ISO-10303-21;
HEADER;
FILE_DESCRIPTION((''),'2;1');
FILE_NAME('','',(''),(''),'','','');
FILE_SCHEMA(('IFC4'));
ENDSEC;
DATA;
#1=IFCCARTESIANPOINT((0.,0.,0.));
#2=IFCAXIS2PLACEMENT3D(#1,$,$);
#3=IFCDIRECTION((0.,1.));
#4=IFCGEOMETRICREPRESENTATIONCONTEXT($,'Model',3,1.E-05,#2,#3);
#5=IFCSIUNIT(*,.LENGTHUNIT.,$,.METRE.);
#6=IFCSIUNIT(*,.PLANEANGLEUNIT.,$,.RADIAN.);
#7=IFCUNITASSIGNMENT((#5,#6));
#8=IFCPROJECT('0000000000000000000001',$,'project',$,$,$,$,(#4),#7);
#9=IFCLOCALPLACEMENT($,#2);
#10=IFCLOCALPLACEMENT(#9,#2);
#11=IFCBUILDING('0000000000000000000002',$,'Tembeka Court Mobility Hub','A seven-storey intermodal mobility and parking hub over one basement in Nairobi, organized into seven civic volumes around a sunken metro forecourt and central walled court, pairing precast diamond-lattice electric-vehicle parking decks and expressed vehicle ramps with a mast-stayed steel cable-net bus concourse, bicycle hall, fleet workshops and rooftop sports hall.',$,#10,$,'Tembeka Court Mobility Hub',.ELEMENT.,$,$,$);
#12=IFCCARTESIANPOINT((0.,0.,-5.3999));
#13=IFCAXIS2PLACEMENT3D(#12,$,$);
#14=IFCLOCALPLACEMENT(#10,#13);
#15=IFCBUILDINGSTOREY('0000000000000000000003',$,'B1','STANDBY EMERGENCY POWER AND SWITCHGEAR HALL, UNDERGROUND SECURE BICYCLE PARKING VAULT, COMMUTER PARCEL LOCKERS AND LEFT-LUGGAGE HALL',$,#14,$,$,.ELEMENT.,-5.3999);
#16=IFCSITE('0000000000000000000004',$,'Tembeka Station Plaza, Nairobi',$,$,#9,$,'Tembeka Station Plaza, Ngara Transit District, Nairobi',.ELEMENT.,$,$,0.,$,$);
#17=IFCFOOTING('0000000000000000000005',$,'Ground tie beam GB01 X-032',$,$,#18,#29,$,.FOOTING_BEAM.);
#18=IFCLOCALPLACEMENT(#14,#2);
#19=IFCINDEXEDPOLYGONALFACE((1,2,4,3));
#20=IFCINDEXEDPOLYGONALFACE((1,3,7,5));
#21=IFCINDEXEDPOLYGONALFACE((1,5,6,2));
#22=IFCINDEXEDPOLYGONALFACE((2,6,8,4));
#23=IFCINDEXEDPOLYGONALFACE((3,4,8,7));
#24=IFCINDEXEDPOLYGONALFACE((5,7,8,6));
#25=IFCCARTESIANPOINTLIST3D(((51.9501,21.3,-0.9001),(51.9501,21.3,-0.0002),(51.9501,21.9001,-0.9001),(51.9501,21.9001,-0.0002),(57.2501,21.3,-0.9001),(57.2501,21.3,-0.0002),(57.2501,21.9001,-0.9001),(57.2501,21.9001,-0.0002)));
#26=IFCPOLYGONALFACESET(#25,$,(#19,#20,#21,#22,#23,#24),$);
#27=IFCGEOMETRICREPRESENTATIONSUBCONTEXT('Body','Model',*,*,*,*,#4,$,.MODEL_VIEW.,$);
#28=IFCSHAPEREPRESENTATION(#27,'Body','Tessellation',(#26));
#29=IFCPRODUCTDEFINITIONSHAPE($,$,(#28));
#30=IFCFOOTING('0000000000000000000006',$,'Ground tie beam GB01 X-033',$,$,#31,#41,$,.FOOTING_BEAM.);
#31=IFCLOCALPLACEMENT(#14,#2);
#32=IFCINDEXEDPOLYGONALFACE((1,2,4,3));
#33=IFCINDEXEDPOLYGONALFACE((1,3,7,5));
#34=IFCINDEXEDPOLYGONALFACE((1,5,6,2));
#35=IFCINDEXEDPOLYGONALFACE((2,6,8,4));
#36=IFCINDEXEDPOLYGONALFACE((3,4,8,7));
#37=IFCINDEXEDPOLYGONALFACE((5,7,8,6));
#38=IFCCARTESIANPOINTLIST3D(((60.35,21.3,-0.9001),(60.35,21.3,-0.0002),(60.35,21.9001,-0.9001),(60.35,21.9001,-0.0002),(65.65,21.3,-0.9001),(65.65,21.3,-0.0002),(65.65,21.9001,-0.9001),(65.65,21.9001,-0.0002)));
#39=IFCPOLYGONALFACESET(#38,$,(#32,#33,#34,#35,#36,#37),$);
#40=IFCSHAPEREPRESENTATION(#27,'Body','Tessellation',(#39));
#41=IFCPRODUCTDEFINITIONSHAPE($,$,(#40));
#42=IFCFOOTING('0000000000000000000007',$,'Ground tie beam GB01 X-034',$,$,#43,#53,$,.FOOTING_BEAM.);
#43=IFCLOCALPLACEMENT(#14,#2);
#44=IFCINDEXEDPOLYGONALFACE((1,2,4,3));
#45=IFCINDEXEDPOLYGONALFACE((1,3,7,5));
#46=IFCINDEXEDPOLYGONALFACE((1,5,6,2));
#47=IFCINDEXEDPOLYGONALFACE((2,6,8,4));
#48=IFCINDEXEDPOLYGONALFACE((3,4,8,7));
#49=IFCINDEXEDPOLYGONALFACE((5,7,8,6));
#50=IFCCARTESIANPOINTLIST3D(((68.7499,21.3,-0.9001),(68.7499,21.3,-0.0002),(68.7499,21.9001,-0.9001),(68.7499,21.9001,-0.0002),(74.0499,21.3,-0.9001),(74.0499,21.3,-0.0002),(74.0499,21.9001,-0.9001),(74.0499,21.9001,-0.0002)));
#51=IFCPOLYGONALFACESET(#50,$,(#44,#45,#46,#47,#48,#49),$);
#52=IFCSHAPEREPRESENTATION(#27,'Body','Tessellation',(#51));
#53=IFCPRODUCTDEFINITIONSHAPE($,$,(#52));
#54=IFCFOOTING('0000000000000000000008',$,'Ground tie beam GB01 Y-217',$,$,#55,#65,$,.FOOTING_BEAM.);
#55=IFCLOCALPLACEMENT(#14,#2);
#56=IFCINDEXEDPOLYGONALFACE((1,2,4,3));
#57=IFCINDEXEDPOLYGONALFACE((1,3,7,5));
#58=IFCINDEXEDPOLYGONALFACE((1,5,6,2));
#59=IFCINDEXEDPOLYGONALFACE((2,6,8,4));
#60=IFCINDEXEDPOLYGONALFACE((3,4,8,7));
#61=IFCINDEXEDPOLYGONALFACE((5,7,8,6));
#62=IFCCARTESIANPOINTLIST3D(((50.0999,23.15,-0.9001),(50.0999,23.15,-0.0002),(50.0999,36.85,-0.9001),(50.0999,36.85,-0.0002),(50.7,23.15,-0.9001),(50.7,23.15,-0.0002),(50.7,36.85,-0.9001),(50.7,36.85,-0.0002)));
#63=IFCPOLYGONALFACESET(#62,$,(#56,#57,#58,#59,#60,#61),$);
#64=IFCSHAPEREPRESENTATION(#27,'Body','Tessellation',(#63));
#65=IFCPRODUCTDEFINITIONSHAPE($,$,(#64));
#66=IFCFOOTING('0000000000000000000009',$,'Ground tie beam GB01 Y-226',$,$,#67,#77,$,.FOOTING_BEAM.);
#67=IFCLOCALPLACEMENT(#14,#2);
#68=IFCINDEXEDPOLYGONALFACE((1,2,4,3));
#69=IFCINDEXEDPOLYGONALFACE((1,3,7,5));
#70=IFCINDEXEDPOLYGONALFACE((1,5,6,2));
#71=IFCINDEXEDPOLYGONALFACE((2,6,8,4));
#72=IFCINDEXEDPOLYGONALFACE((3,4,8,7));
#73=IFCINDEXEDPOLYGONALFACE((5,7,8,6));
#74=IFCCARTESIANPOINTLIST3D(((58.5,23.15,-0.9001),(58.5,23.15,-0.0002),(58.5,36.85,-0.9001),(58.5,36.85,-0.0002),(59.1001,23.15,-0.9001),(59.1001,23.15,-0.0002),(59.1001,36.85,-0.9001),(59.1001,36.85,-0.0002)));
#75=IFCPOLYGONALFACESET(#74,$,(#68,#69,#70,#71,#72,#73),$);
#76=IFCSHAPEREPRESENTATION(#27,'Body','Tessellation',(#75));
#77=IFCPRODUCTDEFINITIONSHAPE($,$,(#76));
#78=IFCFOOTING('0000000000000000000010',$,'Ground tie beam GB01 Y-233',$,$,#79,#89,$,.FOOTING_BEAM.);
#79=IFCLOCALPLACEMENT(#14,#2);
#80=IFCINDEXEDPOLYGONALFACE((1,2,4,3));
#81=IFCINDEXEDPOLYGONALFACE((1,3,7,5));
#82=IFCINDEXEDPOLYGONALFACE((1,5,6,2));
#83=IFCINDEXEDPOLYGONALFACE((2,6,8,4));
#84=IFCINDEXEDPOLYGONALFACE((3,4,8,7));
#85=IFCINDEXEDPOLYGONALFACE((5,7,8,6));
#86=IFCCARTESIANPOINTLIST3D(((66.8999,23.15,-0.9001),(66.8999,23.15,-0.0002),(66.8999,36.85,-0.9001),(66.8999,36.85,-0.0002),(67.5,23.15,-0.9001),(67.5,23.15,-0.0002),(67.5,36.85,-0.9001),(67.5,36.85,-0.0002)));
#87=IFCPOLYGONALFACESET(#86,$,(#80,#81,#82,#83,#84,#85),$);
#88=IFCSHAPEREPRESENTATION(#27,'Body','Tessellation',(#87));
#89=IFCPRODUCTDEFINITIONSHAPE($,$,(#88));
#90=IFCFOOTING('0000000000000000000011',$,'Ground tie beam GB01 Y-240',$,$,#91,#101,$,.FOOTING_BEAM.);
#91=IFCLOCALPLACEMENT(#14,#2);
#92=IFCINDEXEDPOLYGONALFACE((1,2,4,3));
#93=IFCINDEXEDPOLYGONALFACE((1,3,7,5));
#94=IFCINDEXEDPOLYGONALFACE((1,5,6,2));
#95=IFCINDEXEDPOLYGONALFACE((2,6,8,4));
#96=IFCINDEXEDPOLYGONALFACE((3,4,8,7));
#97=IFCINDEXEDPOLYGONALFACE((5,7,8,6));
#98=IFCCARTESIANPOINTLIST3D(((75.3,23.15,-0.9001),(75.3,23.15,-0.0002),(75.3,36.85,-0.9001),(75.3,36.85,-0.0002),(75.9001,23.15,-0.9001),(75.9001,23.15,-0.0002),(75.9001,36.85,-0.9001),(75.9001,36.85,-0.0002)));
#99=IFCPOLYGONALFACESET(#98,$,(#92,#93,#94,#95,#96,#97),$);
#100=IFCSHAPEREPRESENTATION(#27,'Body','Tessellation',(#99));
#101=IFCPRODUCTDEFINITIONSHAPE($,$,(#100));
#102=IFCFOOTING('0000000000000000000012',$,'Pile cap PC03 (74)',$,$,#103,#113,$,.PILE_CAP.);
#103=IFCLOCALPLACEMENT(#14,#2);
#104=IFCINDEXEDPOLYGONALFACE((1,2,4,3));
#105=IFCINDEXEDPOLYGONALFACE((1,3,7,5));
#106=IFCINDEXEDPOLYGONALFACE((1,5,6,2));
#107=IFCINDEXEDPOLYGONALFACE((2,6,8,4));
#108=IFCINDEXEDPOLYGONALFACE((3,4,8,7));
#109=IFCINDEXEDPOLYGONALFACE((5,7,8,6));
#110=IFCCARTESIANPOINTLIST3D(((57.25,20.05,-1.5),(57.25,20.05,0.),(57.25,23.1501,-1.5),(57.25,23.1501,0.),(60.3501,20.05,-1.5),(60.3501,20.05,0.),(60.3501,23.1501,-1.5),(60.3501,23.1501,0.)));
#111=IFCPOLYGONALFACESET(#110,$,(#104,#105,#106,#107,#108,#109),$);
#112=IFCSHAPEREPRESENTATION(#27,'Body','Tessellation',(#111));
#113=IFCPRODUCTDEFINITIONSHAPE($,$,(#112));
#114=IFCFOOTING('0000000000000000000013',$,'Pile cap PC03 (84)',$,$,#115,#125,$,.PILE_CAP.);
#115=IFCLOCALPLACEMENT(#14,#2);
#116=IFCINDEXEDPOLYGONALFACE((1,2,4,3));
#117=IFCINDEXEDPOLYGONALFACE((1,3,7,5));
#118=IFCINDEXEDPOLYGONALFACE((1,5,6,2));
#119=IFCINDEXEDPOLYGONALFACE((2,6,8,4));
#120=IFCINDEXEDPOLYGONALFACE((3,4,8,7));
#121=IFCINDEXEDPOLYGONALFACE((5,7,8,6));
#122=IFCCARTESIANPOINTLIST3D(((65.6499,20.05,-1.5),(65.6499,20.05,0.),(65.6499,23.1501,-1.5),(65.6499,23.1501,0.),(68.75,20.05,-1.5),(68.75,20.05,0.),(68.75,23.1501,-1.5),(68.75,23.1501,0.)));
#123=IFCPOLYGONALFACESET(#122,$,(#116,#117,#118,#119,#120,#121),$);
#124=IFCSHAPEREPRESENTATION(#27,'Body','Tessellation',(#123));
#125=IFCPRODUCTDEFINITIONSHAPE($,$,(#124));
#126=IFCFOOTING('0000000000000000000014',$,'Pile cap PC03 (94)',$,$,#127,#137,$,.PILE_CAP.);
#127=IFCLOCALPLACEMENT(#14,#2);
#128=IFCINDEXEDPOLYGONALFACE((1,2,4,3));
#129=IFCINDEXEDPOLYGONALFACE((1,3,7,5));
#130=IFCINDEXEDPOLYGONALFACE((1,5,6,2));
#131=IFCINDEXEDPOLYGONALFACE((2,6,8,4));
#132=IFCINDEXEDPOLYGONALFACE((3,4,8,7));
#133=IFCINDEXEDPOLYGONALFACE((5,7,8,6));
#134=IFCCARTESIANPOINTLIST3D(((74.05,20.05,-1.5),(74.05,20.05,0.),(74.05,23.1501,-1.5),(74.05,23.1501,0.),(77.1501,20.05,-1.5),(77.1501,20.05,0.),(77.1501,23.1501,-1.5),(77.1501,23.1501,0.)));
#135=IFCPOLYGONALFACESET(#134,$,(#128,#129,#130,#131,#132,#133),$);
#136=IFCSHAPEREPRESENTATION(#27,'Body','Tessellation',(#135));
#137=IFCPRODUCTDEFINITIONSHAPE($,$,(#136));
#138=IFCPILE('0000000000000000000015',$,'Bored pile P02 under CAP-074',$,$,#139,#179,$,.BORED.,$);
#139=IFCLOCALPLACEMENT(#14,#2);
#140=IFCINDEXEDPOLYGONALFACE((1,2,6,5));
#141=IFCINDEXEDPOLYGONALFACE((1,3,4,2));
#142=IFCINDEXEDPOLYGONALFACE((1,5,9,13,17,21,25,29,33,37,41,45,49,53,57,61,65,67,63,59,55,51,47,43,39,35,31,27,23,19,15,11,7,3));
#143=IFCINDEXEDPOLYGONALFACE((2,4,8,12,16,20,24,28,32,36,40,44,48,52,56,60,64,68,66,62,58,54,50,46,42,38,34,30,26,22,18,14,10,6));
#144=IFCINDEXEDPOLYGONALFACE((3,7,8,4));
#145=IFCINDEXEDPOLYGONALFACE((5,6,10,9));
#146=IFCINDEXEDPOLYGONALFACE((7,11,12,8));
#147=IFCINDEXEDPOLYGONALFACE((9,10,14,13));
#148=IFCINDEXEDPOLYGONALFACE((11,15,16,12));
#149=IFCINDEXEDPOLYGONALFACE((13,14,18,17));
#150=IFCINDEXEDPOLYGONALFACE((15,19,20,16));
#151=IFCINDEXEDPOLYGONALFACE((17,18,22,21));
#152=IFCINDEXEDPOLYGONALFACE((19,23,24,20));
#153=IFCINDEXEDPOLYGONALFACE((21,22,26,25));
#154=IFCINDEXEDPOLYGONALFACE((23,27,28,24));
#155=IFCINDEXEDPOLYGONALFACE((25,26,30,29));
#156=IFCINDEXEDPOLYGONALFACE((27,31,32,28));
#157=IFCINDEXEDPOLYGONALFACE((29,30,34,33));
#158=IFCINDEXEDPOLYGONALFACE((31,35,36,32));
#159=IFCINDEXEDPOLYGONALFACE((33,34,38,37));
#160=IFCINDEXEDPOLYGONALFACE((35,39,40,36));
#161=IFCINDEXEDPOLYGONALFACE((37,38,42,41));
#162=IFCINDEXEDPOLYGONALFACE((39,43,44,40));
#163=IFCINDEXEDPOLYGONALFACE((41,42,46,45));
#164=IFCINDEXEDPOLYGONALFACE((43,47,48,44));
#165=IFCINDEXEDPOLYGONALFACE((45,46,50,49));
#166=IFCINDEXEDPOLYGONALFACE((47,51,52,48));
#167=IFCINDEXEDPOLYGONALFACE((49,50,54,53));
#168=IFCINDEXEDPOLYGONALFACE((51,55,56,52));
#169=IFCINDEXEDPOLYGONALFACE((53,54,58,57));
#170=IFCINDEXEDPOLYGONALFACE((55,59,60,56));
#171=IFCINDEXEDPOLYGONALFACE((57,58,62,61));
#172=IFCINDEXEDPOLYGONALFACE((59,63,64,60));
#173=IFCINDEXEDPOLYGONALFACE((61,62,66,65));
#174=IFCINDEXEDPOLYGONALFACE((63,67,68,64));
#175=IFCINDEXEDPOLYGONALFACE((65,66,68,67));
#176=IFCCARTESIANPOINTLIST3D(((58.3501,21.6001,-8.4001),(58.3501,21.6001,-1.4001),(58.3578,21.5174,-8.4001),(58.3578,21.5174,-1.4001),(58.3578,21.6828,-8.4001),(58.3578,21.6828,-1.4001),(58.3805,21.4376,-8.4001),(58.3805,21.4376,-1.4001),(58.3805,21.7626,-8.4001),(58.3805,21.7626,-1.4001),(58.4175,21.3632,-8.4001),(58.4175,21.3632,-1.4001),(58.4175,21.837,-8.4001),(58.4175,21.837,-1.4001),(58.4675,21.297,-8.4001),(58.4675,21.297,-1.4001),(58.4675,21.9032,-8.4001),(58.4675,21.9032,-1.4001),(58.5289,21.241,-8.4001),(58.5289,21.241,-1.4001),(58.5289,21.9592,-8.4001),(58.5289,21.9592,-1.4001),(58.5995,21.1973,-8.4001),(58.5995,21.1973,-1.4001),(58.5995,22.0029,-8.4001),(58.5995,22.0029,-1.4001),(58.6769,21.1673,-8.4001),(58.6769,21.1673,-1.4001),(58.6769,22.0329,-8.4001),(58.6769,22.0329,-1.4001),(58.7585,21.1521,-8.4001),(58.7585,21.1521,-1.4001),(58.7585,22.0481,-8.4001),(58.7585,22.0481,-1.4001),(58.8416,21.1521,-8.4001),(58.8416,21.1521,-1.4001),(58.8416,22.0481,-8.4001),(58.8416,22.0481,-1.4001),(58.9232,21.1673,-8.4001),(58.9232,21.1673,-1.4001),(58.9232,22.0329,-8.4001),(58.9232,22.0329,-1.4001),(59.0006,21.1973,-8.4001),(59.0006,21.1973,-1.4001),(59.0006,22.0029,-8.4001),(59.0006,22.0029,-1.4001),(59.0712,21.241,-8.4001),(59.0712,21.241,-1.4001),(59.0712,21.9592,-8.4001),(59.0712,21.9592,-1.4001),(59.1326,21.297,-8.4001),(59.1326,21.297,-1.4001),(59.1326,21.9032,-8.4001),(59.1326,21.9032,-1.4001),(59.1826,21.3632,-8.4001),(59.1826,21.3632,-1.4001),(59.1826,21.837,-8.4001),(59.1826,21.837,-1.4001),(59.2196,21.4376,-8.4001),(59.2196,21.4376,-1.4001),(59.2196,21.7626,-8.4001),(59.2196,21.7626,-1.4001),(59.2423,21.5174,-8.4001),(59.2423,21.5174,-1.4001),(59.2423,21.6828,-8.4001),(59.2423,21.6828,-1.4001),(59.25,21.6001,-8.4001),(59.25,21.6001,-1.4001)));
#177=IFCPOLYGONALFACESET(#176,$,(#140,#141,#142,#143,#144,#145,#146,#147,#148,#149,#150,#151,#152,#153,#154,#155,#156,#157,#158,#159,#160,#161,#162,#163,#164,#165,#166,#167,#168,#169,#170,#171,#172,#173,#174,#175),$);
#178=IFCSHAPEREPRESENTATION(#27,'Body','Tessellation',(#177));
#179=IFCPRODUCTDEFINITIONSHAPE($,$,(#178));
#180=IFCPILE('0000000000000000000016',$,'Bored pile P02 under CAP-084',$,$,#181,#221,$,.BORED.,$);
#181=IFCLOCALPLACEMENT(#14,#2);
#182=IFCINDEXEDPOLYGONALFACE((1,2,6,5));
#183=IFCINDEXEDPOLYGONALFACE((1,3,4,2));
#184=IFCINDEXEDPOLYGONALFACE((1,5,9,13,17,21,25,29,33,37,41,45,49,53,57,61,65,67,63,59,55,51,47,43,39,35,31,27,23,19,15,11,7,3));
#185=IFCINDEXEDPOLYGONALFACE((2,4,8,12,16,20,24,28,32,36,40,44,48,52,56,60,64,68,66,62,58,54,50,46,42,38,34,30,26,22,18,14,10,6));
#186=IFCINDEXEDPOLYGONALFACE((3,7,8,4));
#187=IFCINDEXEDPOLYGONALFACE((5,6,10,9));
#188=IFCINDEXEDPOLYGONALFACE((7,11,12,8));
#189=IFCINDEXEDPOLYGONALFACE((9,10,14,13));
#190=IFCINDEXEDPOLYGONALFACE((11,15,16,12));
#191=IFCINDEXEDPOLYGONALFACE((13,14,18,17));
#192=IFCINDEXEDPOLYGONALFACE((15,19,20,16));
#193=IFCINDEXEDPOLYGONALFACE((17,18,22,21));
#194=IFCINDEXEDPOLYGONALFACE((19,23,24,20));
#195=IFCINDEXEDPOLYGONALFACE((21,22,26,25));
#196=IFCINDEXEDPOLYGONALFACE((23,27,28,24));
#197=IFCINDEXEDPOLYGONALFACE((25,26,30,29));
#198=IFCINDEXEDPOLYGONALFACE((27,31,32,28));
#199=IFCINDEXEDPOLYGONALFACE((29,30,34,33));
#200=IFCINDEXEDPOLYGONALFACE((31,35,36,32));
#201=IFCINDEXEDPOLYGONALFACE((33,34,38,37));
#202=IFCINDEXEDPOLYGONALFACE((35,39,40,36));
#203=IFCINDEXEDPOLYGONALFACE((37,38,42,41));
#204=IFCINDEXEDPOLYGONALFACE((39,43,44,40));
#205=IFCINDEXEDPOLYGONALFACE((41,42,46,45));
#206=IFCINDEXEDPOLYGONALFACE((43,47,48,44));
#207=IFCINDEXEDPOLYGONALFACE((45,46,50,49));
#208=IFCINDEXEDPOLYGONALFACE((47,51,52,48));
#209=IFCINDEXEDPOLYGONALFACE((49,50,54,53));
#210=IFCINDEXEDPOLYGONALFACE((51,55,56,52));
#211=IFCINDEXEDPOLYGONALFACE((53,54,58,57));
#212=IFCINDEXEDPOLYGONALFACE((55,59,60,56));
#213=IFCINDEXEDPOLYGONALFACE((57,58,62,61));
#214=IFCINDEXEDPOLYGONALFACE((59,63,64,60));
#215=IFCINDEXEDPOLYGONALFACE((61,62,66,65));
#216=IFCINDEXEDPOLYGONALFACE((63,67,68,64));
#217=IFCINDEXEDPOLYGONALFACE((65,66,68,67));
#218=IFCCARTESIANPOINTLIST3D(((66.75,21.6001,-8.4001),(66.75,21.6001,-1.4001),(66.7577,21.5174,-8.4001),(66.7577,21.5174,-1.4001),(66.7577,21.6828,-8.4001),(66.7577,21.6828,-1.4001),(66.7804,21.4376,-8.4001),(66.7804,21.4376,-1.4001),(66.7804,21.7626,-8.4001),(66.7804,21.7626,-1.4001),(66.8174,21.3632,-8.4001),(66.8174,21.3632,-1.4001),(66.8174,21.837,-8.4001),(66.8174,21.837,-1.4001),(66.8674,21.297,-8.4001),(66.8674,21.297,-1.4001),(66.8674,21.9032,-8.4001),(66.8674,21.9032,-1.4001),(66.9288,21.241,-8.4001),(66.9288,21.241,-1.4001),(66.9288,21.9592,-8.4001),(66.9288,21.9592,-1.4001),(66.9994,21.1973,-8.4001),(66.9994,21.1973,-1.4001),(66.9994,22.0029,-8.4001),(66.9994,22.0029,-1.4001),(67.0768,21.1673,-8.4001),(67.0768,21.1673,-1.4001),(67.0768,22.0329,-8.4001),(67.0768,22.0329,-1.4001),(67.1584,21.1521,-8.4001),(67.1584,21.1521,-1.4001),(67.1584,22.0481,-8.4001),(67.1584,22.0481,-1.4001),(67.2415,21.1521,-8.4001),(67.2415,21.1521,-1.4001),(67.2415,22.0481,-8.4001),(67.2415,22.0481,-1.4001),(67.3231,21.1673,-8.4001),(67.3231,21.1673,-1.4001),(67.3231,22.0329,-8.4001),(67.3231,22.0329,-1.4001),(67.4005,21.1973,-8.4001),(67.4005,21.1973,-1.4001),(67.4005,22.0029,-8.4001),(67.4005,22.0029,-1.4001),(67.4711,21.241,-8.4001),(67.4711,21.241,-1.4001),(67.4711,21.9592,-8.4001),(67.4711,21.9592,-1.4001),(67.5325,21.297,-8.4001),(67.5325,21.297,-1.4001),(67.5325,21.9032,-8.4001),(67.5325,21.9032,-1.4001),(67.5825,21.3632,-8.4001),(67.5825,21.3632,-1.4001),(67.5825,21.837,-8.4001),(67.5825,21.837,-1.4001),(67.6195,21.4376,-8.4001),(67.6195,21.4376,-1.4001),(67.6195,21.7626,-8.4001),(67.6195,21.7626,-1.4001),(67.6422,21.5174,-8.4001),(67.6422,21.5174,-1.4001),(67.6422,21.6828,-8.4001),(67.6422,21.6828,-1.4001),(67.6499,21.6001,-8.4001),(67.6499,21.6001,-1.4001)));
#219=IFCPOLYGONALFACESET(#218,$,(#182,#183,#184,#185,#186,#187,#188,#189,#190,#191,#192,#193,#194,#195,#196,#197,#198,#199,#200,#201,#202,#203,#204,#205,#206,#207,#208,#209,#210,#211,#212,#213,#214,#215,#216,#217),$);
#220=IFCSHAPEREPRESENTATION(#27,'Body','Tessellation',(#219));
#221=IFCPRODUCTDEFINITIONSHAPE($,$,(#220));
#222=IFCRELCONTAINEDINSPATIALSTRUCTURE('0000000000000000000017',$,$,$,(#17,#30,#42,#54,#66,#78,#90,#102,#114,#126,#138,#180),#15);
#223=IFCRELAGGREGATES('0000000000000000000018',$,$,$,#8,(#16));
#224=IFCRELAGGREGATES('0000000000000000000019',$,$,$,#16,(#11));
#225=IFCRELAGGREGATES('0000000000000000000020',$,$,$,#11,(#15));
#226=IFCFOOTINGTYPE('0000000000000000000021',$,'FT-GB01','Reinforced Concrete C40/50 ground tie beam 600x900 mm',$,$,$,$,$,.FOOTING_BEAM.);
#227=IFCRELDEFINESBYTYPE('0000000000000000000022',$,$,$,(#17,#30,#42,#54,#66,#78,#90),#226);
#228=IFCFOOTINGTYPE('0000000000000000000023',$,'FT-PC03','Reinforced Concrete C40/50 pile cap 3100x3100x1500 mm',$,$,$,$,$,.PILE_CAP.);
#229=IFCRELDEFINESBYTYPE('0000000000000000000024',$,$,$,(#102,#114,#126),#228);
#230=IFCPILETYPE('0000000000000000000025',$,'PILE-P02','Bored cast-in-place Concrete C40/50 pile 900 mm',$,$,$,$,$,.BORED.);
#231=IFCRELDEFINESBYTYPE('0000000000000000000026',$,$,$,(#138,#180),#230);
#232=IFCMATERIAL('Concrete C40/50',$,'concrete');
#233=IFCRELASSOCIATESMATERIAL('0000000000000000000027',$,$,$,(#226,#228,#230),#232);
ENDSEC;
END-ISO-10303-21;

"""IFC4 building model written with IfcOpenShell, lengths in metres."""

from ifc_helpers import new_model, si_unit, direction, frame, origin, origin_2d, place, context, subcontext, project, spatial, rectangle, circle, extrude, material, material_profile, profile_set, type_object, element, save


model = new_model("IFC4")

# Units and contexts
model_context = context("Model", 3, precision=1e-05, world=origin(), true_north=direction((0.0, 1.0)))
body_context = subcontext(model_context, "Body", "Model", "MODEL_VIEW")
ifc_project = project(units=[si_unit("LENGTHUNIT", "METRE"), si_unit("PLANEANGLEUNIT", "RADIAN")], contexts=[model_context])

# Site, building, storey
site_placement = place(None, origin())
site = spatial("IfcSite", under=ifc_project, at=site_placement, Name="Tembeka Station Plaza, Nairobi", LongName="Tembeka Station Plaza, Ngara Transit District, Nairobi", CompositionType="ELEMENT", RefElevation=0.0)
building_placement = place(site_placement, origin())
building = spatial("IfcBuilding", under=site, at=building_placement, Name="Tembeka Court Mobility Hub", Description="A seven-storey intermodal mobility and parking hub over one basement in Nairobi, organized into seven civic volumes around a sunken metro forecourt and central walled court, pairing precast diamond-lattice electric-vehicle parking decks and expressed vehicle ramps with a mast-stayed steel cable-net bus concourse, bicycle hall, fleet workshops and rooftop sports hall.", LongName="Tembeka Court Mobility Hub", CompositionType="ELEMENT")
storey_placement = place(building_placement, frame((0.0, 0.0, -5.3999)))
storey = spatial("IfcBuildingStorey", under=building, at=storey_placement, Name="B1", Description="STANDBY EMERGENCY POWER AND SWITCHGEAR HALL, UNDERGROUND SECURE BICYCLE PARKING VAULT, COMMUTER PARCEL LOCKERS AND LEFT-LUGGAGE HALL", CompositionType="ELEMENT", Elevation=-5.3999)

# Footings
ifc_material_1 = material(Name="Concrete C40/50", Category="concrete")
footing_type_1 = type_object("IfcFootingType", Name="FT-GB01", Description="Reinforced Concrete C40/50 ground tie beam 600x900 mm", PredefinedType="FOOTING_BEAM", material=ifc_material_1)
for number, where, z_axis, x_axis, name in (
    (1, (54.6001, 21.6001, -0.9001), (0.0, 0.0, 1.0), (1.0, 0.0, 0.0), "Ground tie beam GB01 X-032"),
    (2, (63.0, 21.6001, -0.9001), (0.0, 0.0, 1.0), (1.0, 0.0, 0.0), "Ground tie beam GB01 X-033"),
    (3, (71.3999, 21.6001, -0.9001), (0.0, 0.0, 1.0), (1.0, 0.0, 0.0), "Ground tie beam GB01 X-034"),
):
    element("IfcFooting", number, at=place(storey_placement, frame(where, z_axis=z_axis, x_axis=x_axis)), inside=storey, type_object=footing_type_1, Name=name, PredefinedType="FOOTING_BEAM", context=body_context, shape_type="SweptSolid", body=[
        extrude(rectangle(XDim=5.3, YDim=0.6001, at=origin_2d()), origin(), (0.0, 0.0, 1.0), 0.8999),
    ])
for number, where, z_axis, x_axis, name in (
    (4, (50.3999, 30.0, -0.9001), (0.0, 0.0, 1.0), (0.0, 1.0, 0.0), "Ground tie beam GB01 Y-217"),
    (5, (58.8, 30.0, -0.9001), (0.0, 0.0, 1.0), (0.0, 1.0, 0.0), "Ground tie beam GB01 Y-226"),
    (6, (67.2, 30.0, -0.9001), (0.0, 0.0, 1.0), (0.0, 1.0, 0.0), "Ground tie beam GB01 Y-233"),
    (7, (75.6001, 30.0, -0.9001), (0.0, 0.0, 1.0), (0.0, 1.0, 0.0), "Ground tie beam GB01 Y-240"),
):
    element("IfcFooting", number, at=place(storey_placement, frame(where, z_axis=z_axis, x_axis=x_axis)), inside=storey, type_object=footing_type_1, Name=name, PredefinedType="FOOTING_BEAM", context=body_context, shape_type="SweptSolid", body=[
        extrude(rectangle(XDim=13.7, YDim=0.6001, at=origin_2d()), origin(), (0.0, 0.0, 1.0), 0.8999),
    ])
footing_type_2 = type_object("IfcFootingType", Name="FT-PC03", Description="Reinforced Concrete C40/50 pile cap 3100x3100x1500 mm", PredefinedType="PILE_CAP", material=ifc_material_1)
for number, where, z_axis, x_axis, name in (
    (8, (58.8, 21.6001, -1.5), (0.0, 0.0, 1.0), (1.0, 0.0, 0.0), "Pile cap PC03 (74)"),
    (9, (67.2, 21.6001, -1.5), (0.0, 0.0, 1.0), (1.0, 0.0, 0.0), "Pile cap PC03 (84)"),
    (10, (75.6001, 21.6001, -1.5), (0.0, 0.0, 1.0), (1.0, 0.0, 0.0), "Pile cap PC03 (94)"),
):
    element("IfcFooting", number, at=place(storey_placement, frame(where, z_axis=z_axis, x_axis=x_axis)), inside=storey, type_object=footing_type_2, Name=name, PredefinedType="PILE_CAP", context=body_context, shape_type="SweptSolid", body=[
        extrude(rectangle(XDim=3.1001, YDim=3.1001, at=origin_2d()), origin(), (0.0, 0.0, 1.0), 1.5),
    ])

# Piles
ifc_material_profile_1 = material_profile(ifc_material_1, circle(Radius=0.45, at=origin_2d()), Name="PILE D900")
ifc_profile_set_1 = profile_set([ifc_material_profile_1], Name="Concrete C40/50")
pile_type = type_object("IfcPileType", Name="PILE-P02", Description="Bored cast-in-place Concrete C40/50 pile 900 mm", PredefinedType="BORED", material=ifc_profile_set_1)
for number, where, z_axis, x_axis, name in (
    (11, (58.8, 21.6001, -1.4001), (0.0, 0.0, -1.0), (1.0, 0.0, 0.0), "Bored pile P02 under CAP-074"),
    (12, (67.2, 21.6001, -1.4001), (0.0, 0.0, -1.0), (1.0, 0.0, 0.0), "Bored pile P02 under CAP-084"),
):
    element("IfcPile", number, at=place(storey_placement, frame(where, z_axis=z_axis, x_axis=x_axis)), inside=storey, type_object=pile_type, Name=name, PredefinedType="BORED", context=body_context, shape_type="SweptSolid", body=[
        extrude(circle(Radius=0.45, at=origin_2d()), origin(), (0.0, 0.0, 1.0), 7.0),
    ])

save(model, "model.ifc")
